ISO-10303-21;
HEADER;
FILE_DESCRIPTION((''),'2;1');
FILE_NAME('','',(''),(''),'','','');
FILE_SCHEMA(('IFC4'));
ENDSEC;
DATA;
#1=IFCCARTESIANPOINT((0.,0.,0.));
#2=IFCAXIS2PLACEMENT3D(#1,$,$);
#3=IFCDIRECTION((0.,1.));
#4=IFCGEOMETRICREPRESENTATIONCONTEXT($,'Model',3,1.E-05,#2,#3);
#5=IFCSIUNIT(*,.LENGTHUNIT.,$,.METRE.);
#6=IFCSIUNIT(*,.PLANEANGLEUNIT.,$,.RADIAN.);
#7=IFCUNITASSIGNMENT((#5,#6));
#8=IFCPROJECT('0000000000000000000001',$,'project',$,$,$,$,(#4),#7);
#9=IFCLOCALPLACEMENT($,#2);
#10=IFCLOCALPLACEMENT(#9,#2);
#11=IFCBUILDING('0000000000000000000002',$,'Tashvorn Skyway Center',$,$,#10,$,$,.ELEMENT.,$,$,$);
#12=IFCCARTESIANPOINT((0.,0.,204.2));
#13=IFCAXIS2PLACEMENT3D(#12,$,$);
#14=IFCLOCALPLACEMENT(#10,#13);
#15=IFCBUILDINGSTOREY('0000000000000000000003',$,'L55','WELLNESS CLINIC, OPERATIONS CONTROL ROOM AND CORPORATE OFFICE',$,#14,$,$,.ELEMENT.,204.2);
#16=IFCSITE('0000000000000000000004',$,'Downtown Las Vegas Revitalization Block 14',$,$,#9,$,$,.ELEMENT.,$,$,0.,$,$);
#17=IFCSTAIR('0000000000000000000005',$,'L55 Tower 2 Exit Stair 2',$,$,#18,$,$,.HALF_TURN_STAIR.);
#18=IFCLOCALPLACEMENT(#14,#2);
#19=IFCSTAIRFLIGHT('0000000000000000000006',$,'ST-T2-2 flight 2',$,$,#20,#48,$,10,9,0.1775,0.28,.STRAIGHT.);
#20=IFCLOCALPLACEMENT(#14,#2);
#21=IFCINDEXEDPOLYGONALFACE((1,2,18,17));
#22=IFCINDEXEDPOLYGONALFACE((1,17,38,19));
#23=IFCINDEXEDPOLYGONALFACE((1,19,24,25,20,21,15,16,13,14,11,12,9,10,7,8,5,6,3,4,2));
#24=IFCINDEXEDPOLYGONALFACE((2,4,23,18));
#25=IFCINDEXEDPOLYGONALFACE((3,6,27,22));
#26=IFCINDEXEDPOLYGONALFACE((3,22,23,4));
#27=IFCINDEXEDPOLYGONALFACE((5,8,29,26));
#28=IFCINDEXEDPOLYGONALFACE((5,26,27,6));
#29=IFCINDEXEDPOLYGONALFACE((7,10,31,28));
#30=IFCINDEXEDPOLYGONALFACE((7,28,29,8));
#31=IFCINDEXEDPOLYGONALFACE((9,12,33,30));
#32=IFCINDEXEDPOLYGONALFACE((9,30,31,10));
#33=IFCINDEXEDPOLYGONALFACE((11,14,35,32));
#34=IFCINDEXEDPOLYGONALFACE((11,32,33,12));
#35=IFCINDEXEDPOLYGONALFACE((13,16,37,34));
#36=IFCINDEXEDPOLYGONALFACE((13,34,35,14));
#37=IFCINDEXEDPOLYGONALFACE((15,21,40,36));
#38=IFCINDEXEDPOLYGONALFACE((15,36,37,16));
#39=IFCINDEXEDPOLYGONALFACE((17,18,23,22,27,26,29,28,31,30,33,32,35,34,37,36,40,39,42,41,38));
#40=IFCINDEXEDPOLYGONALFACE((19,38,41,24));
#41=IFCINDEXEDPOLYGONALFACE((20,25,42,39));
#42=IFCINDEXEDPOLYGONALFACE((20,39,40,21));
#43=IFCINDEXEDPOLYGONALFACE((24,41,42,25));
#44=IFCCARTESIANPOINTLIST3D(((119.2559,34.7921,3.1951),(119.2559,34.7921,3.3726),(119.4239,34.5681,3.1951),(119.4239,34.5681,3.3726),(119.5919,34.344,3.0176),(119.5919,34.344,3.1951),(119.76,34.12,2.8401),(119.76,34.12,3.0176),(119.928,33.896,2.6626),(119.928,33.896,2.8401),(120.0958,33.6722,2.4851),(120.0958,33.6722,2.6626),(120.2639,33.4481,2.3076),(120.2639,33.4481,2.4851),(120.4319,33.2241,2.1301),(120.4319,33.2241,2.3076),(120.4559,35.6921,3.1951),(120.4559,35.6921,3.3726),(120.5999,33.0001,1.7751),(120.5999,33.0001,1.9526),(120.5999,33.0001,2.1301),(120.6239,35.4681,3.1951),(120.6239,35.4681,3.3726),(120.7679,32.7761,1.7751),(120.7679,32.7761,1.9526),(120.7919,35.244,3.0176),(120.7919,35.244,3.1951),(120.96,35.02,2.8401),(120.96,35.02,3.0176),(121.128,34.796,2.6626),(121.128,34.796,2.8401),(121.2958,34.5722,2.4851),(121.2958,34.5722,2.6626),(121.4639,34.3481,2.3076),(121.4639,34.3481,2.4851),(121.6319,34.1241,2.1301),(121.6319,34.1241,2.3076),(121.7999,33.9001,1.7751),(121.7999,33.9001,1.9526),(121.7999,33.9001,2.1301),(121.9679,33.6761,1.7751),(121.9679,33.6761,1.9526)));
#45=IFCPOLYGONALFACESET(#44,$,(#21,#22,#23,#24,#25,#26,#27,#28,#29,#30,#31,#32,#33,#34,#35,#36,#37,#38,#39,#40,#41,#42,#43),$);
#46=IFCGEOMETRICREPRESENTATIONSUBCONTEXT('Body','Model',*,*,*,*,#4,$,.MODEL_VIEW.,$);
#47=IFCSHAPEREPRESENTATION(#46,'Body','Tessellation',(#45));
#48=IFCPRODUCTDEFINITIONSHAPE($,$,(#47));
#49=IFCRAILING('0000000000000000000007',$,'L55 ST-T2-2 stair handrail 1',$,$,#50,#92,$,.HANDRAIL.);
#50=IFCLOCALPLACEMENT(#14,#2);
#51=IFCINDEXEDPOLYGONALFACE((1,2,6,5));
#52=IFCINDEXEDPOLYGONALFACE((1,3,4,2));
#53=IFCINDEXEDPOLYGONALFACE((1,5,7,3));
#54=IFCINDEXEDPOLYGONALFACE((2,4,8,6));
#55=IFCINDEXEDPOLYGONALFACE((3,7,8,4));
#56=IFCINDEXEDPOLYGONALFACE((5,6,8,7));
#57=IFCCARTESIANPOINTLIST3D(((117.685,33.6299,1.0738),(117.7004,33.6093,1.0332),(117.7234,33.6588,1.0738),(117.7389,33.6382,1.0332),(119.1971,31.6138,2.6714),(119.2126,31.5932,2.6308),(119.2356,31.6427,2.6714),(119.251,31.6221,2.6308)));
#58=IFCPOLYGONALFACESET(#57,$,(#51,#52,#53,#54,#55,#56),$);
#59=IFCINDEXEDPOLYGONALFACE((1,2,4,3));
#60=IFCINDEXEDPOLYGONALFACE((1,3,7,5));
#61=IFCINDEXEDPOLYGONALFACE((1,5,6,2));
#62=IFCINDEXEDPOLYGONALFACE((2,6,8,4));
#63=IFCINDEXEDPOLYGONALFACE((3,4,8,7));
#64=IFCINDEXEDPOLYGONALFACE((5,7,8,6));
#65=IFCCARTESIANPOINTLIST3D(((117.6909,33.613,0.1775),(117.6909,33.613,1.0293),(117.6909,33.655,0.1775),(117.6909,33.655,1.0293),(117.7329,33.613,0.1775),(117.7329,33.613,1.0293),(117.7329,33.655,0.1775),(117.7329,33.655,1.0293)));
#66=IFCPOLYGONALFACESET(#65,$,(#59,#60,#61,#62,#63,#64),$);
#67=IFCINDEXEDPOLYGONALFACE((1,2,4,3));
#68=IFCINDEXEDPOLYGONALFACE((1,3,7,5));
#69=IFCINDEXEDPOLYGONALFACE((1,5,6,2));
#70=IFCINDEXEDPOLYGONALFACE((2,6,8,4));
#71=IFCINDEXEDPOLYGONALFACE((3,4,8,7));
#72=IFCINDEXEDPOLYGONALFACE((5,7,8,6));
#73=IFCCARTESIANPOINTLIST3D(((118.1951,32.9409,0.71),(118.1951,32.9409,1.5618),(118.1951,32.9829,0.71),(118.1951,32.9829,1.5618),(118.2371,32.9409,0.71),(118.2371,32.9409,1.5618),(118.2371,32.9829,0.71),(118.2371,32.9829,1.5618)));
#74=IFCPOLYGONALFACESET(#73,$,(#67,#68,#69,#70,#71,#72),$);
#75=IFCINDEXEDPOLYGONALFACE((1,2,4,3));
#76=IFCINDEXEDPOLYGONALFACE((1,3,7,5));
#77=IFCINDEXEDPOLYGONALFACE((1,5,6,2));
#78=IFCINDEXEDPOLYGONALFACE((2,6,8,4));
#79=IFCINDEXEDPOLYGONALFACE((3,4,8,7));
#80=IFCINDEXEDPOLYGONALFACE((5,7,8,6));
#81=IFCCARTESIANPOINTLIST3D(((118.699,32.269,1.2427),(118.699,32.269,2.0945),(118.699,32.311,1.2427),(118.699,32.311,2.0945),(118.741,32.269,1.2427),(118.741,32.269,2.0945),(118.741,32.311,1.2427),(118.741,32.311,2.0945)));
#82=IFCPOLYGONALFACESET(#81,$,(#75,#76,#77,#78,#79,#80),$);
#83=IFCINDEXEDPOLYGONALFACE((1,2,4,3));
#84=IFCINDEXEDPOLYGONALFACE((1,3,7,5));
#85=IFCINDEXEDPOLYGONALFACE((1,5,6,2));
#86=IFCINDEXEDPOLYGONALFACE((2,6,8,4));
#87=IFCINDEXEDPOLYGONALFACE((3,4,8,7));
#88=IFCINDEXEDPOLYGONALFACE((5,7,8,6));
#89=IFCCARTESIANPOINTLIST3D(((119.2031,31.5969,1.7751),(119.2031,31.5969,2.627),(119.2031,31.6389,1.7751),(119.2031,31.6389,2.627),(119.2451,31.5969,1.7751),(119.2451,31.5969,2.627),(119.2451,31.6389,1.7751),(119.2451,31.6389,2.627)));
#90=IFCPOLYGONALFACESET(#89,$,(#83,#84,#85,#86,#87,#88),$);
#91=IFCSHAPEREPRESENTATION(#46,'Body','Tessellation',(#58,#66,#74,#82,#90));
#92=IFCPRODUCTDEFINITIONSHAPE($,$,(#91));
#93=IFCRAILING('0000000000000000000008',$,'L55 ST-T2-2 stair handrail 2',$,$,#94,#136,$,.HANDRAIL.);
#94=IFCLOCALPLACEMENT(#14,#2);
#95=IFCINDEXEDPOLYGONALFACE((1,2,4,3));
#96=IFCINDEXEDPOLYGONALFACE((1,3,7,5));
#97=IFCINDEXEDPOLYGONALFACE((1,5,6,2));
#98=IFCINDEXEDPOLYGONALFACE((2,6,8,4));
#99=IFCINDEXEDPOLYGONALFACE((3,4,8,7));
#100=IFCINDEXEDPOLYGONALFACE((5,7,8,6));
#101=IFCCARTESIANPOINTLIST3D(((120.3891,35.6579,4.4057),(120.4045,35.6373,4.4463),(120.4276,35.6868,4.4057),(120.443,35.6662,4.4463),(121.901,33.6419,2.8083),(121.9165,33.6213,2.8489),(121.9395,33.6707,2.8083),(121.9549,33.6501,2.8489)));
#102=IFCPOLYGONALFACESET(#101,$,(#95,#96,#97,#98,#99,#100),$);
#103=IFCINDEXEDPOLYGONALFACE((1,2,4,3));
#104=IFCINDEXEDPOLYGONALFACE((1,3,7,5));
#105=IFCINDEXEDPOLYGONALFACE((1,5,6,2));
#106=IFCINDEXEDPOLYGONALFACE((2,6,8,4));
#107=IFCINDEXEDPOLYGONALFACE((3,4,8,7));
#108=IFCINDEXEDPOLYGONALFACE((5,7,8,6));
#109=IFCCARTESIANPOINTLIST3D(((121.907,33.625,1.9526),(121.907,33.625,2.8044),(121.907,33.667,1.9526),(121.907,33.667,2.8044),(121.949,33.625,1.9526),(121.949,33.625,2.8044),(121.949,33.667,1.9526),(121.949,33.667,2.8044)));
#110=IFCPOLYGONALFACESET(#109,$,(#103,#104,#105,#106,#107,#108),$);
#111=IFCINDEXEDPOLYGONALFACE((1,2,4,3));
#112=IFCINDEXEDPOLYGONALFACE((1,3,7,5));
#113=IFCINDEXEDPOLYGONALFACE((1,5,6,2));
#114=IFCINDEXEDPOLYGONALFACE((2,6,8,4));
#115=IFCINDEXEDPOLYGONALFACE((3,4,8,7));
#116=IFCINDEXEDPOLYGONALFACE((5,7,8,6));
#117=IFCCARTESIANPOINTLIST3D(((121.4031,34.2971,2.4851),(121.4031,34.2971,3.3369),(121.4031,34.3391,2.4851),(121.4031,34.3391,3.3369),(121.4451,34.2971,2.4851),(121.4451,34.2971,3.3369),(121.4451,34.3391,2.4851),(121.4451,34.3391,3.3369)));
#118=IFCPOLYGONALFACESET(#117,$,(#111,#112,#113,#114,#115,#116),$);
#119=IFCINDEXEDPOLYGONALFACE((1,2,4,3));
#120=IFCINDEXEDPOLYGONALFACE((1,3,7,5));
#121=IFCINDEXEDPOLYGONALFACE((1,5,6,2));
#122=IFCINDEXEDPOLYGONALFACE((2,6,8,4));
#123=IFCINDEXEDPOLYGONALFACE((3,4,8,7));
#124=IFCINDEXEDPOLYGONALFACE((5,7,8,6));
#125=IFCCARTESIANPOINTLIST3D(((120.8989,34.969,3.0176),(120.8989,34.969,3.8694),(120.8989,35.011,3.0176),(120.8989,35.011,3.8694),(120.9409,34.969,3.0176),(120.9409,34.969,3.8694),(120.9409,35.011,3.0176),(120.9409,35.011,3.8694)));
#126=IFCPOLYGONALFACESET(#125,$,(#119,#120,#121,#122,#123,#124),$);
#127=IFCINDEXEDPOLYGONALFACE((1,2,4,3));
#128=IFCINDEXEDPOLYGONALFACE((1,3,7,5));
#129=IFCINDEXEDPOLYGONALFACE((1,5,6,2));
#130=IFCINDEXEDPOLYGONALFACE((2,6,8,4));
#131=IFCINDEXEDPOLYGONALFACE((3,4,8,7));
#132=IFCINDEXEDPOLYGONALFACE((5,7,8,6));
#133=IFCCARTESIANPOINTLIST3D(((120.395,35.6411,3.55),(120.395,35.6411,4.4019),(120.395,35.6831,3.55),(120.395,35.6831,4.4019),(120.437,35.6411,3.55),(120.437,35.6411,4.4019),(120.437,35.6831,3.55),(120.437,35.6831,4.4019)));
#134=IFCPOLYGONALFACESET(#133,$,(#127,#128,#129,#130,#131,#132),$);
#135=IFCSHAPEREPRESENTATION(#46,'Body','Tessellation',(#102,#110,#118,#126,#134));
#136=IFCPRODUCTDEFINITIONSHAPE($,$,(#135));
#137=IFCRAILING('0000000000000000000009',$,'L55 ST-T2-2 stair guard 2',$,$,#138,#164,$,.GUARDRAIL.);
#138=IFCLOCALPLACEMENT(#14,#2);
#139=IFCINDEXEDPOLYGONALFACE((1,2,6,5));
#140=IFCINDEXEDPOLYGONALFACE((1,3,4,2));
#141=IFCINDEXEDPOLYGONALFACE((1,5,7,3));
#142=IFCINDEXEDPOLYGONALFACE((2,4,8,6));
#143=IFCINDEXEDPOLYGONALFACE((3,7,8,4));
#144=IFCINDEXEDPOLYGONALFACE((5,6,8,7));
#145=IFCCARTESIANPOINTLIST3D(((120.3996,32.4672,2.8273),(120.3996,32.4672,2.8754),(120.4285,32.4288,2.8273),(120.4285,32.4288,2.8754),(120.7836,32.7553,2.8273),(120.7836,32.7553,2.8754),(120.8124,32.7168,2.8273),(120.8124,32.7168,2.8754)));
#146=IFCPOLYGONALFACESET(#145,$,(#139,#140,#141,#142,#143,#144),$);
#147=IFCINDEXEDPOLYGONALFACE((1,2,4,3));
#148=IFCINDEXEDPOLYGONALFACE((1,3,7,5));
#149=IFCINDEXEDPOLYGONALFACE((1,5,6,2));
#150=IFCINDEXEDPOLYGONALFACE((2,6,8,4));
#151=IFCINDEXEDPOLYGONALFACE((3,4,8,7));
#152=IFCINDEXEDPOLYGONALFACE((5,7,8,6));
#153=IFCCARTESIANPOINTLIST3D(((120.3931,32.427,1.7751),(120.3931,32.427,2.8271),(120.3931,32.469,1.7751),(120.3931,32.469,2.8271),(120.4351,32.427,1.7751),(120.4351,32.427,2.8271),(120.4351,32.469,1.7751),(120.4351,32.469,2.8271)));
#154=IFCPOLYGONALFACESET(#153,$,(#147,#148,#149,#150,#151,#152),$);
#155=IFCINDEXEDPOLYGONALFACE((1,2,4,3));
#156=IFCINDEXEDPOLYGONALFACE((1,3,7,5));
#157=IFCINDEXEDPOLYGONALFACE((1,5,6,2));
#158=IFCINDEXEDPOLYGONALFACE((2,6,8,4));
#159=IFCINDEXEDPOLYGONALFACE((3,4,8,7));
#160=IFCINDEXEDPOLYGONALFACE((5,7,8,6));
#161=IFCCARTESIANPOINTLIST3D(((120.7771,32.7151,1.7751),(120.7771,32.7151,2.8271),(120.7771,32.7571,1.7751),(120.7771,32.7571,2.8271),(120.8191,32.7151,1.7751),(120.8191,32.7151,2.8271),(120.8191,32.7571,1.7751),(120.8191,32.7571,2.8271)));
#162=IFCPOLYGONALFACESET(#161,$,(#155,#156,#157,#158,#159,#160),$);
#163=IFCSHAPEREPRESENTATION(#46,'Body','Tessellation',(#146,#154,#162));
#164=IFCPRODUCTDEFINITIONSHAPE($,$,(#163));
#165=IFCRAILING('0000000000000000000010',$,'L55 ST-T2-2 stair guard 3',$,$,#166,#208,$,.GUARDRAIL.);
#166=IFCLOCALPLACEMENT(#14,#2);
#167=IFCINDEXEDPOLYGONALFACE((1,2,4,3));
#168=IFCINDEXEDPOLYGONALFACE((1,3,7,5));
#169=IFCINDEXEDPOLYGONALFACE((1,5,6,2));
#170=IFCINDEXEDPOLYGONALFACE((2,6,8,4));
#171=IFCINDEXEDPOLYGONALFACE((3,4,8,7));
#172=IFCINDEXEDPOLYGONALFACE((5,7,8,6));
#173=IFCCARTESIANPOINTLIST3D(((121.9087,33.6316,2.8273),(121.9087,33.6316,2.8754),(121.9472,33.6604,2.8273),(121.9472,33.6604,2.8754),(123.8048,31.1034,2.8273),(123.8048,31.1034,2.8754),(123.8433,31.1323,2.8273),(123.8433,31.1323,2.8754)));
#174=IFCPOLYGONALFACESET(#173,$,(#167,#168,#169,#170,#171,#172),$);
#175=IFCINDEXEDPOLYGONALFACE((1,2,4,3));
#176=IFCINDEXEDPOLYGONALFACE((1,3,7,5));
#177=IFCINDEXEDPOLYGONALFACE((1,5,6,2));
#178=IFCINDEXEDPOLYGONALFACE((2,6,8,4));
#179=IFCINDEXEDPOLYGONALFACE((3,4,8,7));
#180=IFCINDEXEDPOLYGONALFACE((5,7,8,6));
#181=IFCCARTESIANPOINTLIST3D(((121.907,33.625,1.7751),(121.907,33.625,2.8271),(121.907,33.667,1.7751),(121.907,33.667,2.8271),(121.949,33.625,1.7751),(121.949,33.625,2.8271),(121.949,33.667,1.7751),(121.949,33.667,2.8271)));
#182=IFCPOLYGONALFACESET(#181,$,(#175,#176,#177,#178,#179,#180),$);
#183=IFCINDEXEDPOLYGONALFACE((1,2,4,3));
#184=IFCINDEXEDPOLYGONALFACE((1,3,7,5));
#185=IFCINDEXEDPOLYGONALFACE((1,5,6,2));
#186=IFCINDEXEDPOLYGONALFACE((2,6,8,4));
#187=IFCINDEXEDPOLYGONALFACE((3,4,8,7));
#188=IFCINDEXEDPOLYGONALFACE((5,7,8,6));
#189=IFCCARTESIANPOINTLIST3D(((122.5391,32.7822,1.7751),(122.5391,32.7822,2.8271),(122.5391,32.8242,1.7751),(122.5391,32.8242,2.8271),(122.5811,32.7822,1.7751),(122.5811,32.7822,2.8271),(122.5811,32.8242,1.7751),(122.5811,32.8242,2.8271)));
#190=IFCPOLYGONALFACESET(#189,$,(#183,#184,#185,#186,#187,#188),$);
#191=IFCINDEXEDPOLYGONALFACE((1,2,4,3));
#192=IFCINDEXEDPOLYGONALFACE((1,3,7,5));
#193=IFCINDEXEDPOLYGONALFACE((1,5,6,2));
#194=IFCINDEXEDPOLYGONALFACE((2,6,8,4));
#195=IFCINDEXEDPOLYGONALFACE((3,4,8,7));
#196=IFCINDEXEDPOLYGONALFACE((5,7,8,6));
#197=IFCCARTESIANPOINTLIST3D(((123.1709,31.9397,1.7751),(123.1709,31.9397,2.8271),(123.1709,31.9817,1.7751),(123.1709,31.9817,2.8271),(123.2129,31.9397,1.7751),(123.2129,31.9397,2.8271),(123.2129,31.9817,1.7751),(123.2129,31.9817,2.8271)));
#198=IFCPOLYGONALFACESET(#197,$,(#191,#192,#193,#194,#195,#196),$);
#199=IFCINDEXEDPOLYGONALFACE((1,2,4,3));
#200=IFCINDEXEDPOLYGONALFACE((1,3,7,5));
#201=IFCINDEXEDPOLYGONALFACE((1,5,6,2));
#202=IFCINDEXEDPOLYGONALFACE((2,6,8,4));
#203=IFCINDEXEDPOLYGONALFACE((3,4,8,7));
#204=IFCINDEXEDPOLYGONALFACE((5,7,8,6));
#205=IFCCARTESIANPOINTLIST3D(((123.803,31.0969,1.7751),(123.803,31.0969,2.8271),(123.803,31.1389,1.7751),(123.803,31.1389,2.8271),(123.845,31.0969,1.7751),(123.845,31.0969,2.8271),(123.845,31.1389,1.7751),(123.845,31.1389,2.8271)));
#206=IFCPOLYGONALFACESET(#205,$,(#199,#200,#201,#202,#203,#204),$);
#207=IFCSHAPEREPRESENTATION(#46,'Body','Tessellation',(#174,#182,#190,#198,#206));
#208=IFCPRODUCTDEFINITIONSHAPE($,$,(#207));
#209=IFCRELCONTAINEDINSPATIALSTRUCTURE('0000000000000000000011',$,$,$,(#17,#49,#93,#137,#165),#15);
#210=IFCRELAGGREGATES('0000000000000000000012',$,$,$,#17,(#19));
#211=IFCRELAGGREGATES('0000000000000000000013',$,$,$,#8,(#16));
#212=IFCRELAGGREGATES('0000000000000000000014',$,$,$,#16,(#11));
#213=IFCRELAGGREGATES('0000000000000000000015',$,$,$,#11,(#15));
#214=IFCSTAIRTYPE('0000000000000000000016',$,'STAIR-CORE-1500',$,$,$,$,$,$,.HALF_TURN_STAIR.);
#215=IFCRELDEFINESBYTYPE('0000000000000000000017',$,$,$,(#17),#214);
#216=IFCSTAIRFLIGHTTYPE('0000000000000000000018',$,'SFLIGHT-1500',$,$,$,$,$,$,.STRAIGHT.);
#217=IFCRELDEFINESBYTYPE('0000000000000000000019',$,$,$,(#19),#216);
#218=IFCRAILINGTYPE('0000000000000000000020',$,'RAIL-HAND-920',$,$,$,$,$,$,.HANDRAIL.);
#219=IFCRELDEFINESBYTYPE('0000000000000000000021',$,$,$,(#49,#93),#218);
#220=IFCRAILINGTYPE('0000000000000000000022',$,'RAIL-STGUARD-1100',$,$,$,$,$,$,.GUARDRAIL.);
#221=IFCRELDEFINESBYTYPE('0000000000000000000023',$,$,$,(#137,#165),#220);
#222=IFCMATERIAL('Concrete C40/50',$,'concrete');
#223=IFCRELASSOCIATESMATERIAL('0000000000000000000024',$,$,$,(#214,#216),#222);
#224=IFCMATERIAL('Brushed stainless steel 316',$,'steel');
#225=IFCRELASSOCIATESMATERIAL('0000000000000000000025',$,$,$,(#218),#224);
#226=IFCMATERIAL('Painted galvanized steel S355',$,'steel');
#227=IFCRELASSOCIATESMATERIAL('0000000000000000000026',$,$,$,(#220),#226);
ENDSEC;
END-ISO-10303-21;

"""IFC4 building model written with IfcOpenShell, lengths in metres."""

from ifc_helpers import new_model, si_unit, direction, frame, origin, origin_2d, place, context, subcontext, project, spatial, polyline, rectangle, outline, extrude, material, type_object, element, aggregate, save


model = new_model("IFC4")

# Units and contexts
model_context = context("Model", 3, precision=1e-05, world=origin(), true_north=direction((0.0, 1.0)))
body_context = subcontext(model_context, "Body", "Model", "MODEL_VIEW")
ifc_project = project(units=[si_unit("LENGTHUNIT", "METRE"), si_unit("PLANEANGLEUNIT", "RADIAN")], contexts=[model_context])

# Site, building, storey
site_placement = place(None, origin())
site = spatial("IfcSite", under=ifc_project, at=site_placement, Name="Downtown Las Vegas Revitalization Block 14", CompositionType="ELEMENT", RefElevation=0.0)
building_placement = place(site_placement, origin())
building = spatial("IfcBuilding", under=site, at=building_placement, Name="Tashvorn Skyway Center", CompositionType="ELEMENT")
storey_placement = place(building_placement, frame((0.0, 0.0, 204.2)))
storey = spatial("IfcBuildingStorey", under=building, at=storey_placement, Name="L55", Description="WELLNESS CLINIC, OPERATIONS CONTROL ROOM AND CORPORATE OFFICE", CompositionType="ELEMENT", Elevation=204.2)

# Shared definitions
ifc_material_1 = material(Name="Concrete C40/50", Category="concrete")

# Stair, stair flight
stair_type = type_object("IfcStairType", Name="STAIR-CORE-1500", PredefinedType="HALF_TURN_STAIR", material=ifc_material_1)
stair_placement = place(storey_placement, origin())
stair = element("IfcStair", 1, at=stair_placement, inside=storey, type_object=stair_type, Name="L55 Tower 2 Exit Stair 2", PredefinedType="HALF_TURN_STAIR")
stair_flight_type = type_object("IfcStairFlightType", Name="SFLIGHT-1500", PredefinedType="STRAIGHT", material=ifc_material_1)
stair_flight_1_placement = place(storey_placement, frame((121.3679, 33.2261, 1.7751), z_axis=(0.0, 0.0, 1.0), x_axis=(-0.6, 0.8, 0.0)))
stair_flight_1 = element("IfcStairFlight", 2, at=stair_flight_1_placement, type_object=stair_flight_type, Name="ST-T2-2 flight 2", NumberOfRisers=10, NumberOfTreads=9, PredefinedType="STRAIGHT", RiserHeight=0.1775, TreadLength=0.28, context=body_context, shape_type="SweptSolid", body=[
    extrude(outline(polyline([(0.0, 0.0), (0.0, 0.1775), (0.28, 0.1775), (0.28, 0.355), (0.5601, 0.355), (0.5601, 0.5325), (0.8401, 0.5325), (0.8401, 0.71), (1.1201, 0.71), (1.1201, 0.8875), (1.3999, 0.8875), (1.3999, 1.0649), (1.6799, 1.0649), (1.6799, 1.2424), (1.96, 1.2424), (1.96, 1.4199), (2.24, 1.4199), (2.24, 1.5974), (2.52, 1.5974), (2.52, 1.7749), (2.52, 1.4199), (0.28, 0.0), (0.0, 0.0)])), frame((0.0, 0.75, 0.0), z_axis=(0.0, -1.0, 0.0), x_axis=(1.0, 0.0, 0.0)), (0.0, 0.0, 1.0), 1.5),
])
aggregate(stair, [stair_flight_1])

# Railings
ifc_material_2 = material(Name="Brushed stainless steel 316", Category="steel")
railing_type_1 = type_object("IfcRailingType", Name="RAIL-HAND-920", PredefinedType="HANDRAIL", material=ifc_material_2)
railing_1_placement = place(storey_placement, frame((117.7119, 33.634, 0.1775)))
element("IfcRailing", 3, at=railing_1_placement, inside=storey, type_object=railing_type_1, Name="L55 ST-T2-2 stair handrail 1", PredefinedType="HANDRAIL", context=body_context, shape_type="SweptSolid", body=[
    extrude(rectangle(XDim=0.0481, YDim=0.0481, at=origin_2d()), frame((0.0, 0.0, 0.876), z_axis=(0.506779, -0.675651, 0.535416), x_axis=(0.799977, 0.600031, 0.0)), (0.0, 0.0, 1.0), 2.9839),
    extrude(rectangle(XDim=0.042, YDim=0.042, at=origin_2d()), origin(), (0.0, 0.0, 1.0), 0.8518),
    extrude(rectangle(XDim=0.042, YDim=0.042, at=origin_2d()), frame((0.5042, -0.6721, 0.5325)), (0.0, 0.0, 1.0), 0.8518),
    extrude(rectangle(XDim=0.042, YDim=0.042, at=origin_2d()), frame((1.0081, -1.344, 1.0652)), (0.0, 0.0, 1.0), 0.8518),
    extrude(rectangle(XDim=0.042, YDim=0.042, at=origin_2d()), frame((1.5122, -2.0161, 1.5977)), (0.0, 0.0, 1.0), 0.8518),
])
railing_2_placement = place(storey_placement, frame((121.928, 33.646, 1.9526)))
element("IfcRailing", 4, at=railing_2_placement, inside=storey, type_object=railing_type_1, Name="L55 ST-T2-2 stair handrail 2", PredefinedType="HANDRAIL", context=body_context, shape_type="SweptSolid", body=[
    extrude(rectangle(XDim=0.0481, YDim=0.0481, at=origin_2d()), frame((0.0, 0.0, 0.876), z_axis=(-0.506741, 0.675709, 0.535379), x_axis=(-0.800023, -0.599969, 0.0)), (0.0, 0.0, 1.0), 2.9836),
    extrude(rectangle(XDim=0.042, YDim=0.042, at=origin_2d()), origin(), (0.0, 0.0, 1.0), 0.8518),
    extrude(rectangle(XDim=0.042, YDim=0.042, at=origin_2d()), frame((-0.5039, 0.6721, 0.5325)), (0.0, 0.0, 1.0), 0.8518),
    extrude(rectangle(XDim=0.042, YDim=0.042, at=origin_2d()), frame((-1.0081, 1.344, 1.0649)), (0.0, 0.0, 1.0), 0.8518),
    extrude(rectangle(XDim=0.042, YDim=0.042, at=origin_2d()), frame((-1.512, 2.0161, 1.5974)), (0.0, 0.0, 1.0), 0.8518),
])
ifc_material_3 = material(Name="Painted galvanized steel S355", Category="steel")
railing_type_2 = type_object("IfcRailingType", Name="RAIL-STGUARD-1100", PredefinedType="GUARDRAIL", material=ifc_material_3)
railing_3_placement = place(storey_placement, frame((120.4141, 32.448, 1.7751)))
element("IfcRailing", 5, at=railing_3_placement, inside=storey, type_object=railing_type_2, Name="L55 ST-T2-2 stair guard 2", PredefinedType="GUARDRAIL", context=body_context, shape_type="SweptSolid", body=[
    extrude(rectangle(XDim=0.0481, YDim=0.0481, at=origin_2d()), frame((0.0, 0.0, 1.0762), z_axis=(0.799939, 0.600081, 0.0), x_axis=(-0.600081, 0.799939, 0.0)), (0.0, 0.0, 1.0), 0.48),
    extrude(rectangle(XDim=0.042, YDim=0.042, at=origin_2d()), origin(), (0.0, 0.0, 1.0), 1.052),
    extrude(rectangle(XDim=0.042, YDim=0.042, at=origin_2d()), frame((0.384, 0.2881, 0.0)), (0.0, 0.0, 1.0), 1.052),
])
railing_4_placement = place(storey_placement, frame((121.928, 33.646, 1.7751)))
element("IfcRailing", 6, at=railing_4_placement, inside=storey, type_object=railing_type_2, Name="L55 ST-T2-2 stair guard 3", PredefinedType="GUARDRAIL", context=body_context, shape_type="SweptSolid", body=[
    extrude(rectangle(XDim=0.0481, YDim=0.0481, at=origin_2d()), frame((0.0, 0.0, 1.0762), z_axis=(0.599988, -0.800009, 0.0), x_axis=(0.800009, 0.599988, 0.0)), (0.0, 0.0, 1.0), 3.1602),
    extrude(rectangle(XDim=0.042, YDim=0.042, at=origin_2d()), origin(), (0.0, 0.0, 1.0), 1.052),
    extrude(rectangle(XDim=0.042, YDim=0.042, at=origin_2d()), frame((0.6321, -0.8428, 0.0)), (0.0, 0.0, 1.0), 1.052),
    extrude(rectangle(XDim=0.042, YDim=0.042, at=origin_2d()), frame((1.2639, -1.6853, 0.0)), (0.0, 0.0, 1.0), 1.052),
    extrude(rectangle(XDim=0.042, YDim=0.042, at=origin_2d()), frame((1.896, -2.5281, 0.0)), (0.0, 0.0, 1.0), 1.052),
])

save(model, "model.ifc")
